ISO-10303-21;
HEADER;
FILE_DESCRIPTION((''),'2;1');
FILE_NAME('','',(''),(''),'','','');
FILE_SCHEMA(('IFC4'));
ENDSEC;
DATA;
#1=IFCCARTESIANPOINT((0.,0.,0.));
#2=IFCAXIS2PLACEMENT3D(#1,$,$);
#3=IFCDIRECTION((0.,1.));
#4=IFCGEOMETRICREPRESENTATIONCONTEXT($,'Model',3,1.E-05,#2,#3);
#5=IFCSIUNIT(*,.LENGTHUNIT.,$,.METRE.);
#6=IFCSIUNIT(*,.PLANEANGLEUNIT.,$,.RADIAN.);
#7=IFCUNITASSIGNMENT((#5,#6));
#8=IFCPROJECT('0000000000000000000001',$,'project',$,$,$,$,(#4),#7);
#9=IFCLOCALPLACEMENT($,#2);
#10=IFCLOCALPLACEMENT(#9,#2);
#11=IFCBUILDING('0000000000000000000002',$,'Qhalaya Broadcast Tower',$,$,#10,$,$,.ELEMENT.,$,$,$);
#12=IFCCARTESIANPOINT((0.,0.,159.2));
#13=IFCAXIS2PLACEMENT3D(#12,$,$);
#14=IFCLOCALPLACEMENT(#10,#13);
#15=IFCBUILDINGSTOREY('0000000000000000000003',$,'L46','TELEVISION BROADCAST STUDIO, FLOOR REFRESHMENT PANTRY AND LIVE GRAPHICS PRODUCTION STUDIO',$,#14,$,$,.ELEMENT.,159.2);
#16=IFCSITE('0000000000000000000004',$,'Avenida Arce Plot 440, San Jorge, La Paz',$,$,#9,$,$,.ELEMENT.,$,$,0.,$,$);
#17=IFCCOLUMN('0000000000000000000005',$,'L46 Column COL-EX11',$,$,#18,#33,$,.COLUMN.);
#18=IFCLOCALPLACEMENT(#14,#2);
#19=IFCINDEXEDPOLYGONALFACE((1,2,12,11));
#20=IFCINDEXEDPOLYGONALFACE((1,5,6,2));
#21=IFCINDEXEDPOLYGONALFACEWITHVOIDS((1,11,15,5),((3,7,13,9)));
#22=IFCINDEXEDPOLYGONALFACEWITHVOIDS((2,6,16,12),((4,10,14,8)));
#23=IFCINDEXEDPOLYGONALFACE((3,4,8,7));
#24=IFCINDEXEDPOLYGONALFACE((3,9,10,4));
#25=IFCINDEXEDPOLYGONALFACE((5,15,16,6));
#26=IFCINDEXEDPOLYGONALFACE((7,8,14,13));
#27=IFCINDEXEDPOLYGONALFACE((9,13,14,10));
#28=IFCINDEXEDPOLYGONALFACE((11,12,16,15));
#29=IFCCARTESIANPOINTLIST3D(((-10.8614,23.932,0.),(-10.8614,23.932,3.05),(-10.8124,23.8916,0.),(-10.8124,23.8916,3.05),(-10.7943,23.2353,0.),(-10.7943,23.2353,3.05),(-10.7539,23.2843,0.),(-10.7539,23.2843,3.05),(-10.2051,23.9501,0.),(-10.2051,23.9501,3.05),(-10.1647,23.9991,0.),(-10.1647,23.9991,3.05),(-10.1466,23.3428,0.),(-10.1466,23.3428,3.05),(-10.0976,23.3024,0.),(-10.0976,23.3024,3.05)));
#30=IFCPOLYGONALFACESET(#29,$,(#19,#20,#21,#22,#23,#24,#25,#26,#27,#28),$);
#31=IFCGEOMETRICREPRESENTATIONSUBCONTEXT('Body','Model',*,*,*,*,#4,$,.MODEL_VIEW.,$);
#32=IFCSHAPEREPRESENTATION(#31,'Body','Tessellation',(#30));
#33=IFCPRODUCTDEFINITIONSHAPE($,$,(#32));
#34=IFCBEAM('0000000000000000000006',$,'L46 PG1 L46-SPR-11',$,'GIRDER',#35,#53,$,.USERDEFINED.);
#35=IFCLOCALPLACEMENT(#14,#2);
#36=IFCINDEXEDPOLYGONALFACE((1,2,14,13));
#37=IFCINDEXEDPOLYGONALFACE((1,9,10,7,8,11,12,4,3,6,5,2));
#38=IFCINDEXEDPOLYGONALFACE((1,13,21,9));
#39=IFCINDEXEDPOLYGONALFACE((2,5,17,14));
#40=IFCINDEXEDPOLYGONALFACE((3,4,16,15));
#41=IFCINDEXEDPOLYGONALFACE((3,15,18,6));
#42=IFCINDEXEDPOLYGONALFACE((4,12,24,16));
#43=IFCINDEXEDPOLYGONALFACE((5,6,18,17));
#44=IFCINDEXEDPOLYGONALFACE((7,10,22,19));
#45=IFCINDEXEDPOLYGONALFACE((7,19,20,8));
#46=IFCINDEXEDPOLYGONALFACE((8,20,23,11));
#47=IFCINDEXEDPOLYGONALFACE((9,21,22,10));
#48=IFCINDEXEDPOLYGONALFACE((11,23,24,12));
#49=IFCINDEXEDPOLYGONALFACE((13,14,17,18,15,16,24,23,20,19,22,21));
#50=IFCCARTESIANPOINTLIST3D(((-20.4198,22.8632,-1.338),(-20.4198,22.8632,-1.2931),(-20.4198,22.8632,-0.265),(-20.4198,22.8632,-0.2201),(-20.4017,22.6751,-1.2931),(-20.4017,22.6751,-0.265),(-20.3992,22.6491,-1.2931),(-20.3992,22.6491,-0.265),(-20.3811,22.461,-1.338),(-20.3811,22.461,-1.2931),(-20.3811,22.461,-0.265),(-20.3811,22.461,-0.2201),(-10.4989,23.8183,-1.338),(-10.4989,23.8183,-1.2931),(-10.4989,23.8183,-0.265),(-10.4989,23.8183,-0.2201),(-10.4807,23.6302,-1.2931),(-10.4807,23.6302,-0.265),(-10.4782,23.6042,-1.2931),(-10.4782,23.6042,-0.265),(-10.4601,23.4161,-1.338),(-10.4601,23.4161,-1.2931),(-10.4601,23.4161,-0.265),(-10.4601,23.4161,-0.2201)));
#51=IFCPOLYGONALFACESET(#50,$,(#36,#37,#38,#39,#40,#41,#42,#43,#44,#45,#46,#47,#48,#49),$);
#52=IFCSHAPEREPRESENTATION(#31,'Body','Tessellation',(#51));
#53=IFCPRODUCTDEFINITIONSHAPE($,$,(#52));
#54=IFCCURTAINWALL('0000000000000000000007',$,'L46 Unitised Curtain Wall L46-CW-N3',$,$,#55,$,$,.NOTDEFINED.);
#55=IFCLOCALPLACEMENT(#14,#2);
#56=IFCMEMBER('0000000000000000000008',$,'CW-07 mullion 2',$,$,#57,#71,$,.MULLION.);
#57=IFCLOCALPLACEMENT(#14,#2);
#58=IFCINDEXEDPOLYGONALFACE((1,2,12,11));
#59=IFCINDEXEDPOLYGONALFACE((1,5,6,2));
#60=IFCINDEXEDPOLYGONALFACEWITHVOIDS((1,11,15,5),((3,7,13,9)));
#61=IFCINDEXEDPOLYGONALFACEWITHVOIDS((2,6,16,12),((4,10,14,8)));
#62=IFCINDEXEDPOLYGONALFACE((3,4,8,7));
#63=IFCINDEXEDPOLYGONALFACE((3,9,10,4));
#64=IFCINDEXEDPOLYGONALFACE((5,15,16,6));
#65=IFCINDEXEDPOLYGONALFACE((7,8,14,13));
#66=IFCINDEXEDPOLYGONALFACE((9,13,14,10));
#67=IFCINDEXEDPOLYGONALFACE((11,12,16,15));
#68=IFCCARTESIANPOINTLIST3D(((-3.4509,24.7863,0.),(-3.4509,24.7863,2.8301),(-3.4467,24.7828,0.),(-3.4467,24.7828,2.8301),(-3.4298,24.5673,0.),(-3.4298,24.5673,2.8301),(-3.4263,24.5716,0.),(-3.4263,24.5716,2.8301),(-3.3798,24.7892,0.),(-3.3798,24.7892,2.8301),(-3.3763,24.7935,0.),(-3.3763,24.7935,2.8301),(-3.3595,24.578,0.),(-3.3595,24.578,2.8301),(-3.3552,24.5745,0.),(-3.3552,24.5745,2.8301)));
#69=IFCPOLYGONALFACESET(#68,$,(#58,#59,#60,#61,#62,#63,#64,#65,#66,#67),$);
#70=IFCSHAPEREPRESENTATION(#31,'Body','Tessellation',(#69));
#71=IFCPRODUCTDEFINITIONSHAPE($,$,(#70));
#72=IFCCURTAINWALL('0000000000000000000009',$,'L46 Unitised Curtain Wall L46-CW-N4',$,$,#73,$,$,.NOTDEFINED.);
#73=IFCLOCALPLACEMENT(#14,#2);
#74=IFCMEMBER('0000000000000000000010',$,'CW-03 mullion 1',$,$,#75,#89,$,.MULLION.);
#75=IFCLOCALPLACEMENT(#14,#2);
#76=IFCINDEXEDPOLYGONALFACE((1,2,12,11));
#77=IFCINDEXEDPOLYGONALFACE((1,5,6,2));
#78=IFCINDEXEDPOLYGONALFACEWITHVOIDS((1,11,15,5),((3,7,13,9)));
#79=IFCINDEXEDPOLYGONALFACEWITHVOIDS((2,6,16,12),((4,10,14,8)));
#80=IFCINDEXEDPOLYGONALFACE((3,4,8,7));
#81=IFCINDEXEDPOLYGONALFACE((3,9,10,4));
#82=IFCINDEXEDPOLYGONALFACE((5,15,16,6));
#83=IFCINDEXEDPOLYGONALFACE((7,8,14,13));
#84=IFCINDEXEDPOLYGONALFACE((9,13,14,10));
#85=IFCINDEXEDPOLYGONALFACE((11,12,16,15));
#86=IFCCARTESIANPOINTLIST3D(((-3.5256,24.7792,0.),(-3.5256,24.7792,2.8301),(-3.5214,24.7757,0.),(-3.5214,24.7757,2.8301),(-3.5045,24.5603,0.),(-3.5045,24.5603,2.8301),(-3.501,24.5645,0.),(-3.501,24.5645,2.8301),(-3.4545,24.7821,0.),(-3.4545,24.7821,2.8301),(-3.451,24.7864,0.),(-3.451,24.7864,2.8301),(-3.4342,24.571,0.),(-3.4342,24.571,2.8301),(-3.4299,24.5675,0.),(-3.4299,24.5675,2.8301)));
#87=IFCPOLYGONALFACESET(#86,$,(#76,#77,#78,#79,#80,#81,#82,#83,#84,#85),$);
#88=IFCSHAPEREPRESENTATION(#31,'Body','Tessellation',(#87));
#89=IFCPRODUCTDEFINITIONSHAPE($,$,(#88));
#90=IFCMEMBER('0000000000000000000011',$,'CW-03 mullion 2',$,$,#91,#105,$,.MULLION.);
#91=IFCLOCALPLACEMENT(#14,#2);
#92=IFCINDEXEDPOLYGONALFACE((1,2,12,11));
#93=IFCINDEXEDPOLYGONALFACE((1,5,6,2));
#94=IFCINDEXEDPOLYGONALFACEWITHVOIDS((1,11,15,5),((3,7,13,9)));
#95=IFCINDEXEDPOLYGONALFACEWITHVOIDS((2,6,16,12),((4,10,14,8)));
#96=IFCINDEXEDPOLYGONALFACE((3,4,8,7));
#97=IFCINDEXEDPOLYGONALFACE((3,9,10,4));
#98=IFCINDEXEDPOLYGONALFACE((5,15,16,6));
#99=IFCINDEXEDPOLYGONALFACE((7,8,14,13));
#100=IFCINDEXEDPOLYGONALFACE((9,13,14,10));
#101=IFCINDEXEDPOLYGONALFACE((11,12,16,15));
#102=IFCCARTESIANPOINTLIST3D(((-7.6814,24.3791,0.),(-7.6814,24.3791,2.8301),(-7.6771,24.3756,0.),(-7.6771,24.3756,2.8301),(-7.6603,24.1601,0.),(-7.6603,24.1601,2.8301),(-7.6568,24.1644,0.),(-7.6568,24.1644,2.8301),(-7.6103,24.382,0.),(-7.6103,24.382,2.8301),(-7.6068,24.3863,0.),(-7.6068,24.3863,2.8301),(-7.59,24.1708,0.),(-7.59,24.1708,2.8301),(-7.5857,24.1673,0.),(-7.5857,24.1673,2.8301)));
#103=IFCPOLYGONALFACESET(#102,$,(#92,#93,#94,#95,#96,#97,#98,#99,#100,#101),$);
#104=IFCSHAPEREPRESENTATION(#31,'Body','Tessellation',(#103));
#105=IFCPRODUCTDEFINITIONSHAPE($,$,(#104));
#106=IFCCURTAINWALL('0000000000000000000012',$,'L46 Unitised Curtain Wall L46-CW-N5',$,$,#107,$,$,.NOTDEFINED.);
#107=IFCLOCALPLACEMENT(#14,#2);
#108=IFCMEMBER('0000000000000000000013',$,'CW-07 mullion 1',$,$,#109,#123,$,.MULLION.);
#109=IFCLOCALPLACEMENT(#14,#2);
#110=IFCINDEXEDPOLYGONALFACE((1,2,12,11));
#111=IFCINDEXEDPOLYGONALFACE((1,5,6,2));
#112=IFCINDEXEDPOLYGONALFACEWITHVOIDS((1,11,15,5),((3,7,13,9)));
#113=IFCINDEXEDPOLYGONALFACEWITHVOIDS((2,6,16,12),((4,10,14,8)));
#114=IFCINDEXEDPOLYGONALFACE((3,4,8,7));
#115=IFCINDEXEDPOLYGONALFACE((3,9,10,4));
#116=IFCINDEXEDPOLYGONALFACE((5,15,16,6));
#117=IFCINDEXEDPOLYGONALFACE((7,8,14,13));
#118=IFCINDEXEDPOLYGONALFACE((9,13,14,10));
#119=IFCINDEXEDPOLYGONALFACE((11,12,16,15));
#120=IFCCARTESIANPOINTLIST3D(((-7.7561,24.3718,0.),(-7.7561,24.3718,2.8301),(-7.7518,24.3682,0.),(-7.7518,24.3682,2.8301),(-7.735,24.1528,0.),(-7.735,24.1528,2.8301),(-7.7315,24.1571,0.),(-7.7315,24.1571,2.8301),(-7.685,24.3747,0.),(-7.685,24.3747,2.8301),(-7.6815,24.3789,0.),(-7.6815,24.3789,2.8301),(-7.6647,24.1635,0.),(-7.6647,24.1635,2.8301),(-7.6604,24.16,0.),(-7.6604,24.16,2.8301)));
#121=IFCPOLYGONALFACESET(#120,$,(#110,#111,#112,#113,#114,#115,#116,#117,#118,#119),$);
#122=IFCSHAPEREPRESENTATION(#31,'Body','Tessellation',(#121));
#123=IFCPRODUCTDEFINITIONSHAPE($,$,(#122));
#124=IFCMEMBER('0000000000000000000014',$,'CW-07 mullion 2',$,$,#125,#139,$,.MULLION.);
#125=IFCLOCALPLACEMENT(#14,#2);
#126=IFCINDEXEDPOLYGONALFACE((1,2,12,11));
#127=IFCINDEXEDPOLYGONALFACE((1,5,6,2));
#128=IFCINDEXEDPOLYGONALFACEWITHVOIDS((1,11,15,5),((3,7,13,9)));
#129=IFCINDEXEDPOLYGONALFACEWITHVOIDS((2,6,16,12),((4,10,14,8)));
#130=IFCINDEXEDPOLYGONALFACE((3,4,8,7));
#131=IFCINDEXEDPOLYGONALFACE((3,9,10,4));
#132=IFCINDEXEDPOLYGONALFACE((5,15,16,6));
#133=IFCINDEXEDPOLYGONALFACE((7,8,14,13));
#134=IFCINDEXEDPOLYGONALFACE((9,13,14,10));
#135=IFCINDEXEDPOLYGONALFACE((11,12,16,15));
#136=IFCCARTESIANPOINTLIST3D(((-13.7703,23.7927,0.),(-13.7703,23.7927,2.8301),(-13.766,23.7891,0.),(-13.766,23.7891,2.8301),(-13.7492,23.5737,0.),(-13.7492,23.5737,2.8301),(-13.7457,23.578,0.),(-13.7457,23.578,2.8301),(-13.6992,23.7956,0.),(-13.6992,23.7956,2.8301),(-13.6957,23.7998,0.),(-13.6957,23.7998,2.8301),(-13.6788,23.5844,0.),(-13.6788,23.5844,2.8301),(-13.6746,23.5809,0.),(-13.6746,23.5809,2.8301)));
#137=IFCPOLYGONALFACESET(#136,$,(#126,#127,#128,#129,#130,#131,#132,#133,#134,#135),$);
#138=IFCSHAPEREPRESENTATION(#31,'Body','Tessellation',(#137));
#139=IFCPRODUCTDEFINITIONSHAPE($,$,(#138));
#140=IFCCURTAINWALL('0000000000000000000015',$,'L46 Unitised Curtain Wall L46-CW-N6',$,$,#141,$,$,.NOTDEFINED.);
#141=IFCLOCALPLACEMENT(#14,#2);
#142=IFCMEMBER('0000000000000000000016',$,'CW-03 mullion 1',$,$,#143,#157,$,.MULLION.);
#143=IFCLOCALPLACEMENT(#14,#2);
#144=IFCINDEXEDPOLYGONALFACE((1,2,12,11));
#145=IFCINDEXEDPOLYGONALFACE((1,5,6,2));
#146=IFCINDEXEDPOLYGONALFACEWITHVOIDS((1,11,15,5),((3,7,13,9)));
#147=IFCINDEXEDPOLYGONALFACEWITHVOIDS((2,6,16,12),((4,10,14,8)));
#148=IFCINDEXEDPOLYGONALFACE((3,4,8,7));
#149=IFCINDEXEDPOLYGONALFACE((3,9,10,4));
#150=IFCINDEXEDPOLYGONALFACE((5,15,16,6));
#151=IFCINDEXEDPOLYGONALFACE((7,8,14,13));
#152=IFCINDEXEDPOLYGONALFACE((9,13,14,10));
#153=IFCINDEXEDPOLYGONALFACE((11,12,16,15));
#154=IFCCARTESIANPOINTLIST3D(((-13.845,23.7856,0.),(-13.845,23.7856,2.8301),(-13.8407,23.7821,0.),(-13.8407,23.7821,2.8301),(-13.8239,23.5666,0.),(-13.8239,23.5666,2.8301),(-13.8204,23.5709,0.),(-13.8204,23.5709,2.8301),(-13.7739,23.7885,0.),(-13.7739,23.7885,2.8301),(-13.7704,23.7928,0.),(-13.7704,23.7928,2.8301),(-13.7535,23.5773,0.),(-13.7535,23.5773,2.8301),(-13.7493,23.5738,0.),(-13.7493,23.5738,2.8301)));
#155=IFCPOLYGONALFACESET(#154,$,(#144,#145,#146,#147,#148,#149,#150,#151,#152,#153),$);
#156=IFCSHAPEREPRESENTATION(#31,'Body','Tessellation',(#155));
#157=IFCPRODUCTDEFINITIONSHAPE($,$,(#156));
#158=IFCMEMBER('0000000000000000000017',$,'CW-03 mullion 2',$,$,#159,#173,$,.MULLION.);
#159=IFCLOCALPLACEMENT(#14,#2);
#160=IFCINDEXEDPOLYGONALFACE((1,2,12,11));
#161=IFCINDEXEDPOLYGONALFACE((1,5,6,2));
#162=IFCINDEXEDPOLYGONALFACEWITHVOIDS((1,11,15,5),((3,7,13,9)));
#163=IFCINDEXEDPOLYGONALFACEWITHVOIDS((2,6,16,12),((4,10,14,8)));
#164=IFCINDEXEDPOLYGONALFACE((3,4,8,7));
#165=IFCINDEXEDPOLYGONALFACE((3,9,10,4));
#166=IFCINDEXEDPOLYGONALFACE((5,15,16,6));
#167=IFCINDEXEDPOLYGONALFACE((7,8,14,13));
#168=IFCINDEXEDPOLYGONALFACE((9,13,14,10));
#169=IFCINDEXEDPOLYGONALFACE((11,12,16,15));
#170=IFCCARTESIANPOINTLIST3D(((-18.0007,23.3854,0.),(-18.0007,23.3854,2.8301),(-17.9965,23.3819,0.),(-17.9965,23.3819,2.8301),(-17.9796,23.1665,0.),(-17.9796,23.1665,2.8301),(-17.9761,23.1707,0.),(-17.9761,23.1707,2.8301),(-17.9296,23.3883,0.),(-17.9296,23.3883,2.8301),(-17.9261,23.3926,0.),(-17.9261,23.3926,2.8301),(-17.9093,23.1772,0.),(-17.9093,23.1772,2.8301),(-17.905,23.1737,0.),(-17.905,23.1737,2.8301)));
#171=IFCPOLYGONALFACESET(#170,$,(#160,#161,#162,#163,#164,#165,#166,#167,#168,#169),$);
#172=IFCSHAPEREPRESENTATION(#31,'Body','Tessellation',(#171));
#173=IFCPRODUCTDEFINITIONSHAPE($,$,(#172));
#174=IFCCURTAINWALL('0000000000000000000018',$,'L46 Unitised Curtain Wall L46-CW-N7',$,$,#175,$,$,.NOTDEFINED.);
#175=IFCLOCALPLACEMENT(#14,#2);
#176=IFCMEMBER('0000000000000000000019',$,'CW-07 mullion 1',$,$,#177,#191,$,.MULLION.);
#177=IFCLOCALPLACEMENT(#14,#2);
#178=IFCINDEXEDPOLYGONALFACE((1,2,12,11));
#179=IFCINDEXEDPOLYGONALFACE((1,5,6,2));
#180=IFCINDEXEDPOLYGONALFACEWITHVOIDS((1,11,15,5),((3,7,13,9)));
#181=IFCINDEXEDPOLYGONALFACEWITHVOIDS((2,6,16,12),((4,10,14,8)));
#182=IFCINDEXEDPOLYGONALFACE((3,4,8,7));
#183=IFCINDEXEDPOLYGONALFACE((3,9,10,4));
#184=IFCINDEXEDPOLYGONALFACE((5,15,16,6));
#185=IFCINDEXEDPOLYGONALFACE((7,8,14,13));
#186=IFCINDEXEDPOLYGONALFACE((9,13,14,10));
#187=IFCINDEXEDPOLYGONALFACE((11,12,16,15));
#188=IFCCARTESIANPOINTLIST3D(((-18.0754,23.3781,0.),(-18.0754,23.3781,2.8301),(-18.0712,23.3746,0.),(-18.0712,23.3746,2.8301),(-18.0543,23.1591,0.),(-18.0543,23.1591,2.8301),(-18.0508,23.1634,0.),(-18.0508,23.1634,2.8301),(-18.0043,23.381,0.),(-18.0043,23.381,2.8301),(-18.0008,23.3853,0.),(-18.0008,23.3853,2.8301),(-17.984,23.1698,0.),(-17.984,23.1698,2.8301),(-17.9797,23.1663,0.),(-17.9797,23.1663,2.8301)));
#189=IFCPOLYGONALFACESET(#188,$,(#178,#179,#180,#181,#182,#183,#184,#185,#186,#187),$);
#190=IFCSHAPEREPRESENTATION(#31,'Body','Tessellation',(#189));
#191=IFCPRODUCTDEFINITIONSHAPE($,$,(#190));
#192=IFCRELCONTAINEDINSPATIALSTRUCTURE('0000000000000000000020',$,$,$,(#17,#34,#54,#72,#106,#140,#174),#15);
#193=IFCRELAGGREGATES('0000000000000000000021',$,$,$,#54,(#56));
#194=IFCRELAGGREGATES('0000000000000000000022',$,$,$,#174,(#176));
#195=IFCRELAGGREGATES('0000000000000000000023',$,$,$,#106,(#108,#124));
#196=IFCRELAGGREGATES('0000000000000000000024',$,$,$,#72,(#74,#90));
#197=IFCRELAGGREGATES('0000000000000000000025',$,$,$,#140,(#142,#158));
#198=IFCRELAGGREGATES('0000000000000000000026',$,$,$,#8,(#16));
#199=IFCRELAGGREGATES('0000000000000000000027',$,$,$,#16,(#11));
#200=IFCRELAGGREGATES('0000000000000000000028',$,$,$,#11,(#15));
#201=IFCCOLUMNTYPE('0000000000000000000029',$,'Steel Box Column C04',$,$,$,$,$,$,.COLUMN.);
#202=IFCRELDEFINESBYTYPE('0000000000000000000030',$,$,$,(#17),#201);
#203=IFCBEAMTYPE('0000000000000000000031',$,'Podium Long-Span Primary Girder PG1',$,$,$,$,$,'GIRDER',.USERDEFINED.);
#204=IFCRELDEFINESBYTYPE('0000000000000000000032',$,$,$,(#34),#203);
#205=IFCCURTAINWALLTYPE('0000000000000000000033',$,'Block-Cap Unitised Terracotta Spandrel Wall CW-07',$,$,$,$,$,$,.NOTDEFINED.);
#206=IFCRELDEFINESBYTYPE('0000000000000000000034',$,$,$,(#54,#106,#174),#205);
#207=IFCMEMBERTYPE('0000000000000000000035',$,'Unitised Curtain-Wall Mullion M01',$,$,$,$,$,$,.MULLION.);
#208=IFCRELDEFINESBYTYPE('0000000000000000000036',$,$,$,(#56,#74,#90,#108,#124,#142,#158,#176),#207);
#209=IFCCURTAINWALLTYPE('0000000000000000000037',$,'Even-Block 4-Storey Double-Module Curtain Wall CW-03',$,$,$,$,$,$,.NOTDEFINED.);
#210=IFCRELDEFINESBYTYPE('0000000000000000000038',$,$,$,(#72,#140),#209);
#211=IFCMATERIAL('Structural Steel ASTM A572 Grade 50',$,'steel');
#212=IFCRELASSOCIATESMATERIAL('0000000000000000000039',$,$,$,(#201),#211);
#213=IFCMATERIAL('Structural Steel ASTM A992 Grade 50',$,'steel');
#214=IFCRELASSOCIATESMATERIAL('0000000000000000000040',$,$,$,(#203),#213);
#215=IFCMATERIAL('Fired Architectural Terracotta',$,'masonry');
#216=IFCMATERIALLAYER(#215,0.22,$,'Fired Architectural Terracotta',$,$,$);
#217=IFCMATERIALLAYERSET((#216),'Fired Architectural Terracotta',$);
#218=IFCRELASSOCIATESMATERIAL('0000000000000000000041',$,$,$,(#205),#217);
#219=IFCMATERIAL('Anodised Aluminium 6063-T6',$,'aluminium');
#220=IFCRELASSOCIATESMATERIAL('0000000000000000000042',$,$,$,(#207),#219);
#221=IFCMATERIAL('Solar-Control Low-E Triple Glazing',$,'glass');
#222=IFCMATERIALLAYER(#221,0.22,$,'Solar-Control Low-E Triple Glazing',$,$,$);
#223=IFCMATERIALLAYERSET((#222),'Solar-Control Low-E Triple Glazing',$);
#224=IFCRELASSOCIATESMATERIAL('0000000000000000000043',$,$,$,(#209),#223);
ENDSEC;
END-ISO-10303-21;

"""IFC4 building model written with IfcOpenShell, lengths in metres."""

from ifc_helpers import new_model, si_unit, direction, frame, origin, origin_2d, place, context, subcontext, project, spatial, hollow_rectangle, i_section, extrude, material, layer, layer_set, material_profile, profile_set, type_object, element, aggregate, save


model = new_model("IFC4")

# Units and contexts
model_context = context("Model", 3, precision=1e-05, world=origin(), true_north=direction((0.0, 1.0)))
body_context = subcontext(model_context, "Body", "Model", "MODEL_VIEW")
ifc_project = project(units=[si_unit("LENGTHUNIT", "METRE"), si_unit("PLANEANGLEUNIT", "RADIAN")], contexts=[model_context])

# Site, building, storey
site_placement = place(None, origin())
site = spatial("IfcSite", under=ifc_project, at=site_placement, Name="Avenida Arce Plot 440, San Jorge, La Paz", CompositionType="ELEMENT", RefElevation=0.0)
building_placement = place(site_placement, origin())
building = spatial("IfcBuilding", under=site, at=building_placement, Name="Qhalaya Broadcast Tower", CompositionType="ELEMENT")
storey_placement = place(building_placement, frame((0.0, 0.0, 159.2)))
storey = spatial("IfcBuildingStorey", under=building, at=storey_placement, Name="L46", Description="TELEVISION BROADCAST STUDIO, FLOOR REFRESHMENT PANTRY AND LIVE GRAPHICS PRODUCTION STUDIO", CompositionType="ELEMENT", Elevation=159.2)

# Column
ifc_material_1 = material(Name="Structural Steel ASTM A572 Grade 50", Category="steel")
ifc_material_profile_1 = material_profile(ifc_material_1, hollow_rectangle(XDim=0.7, YDim=0.7, WallThickness=0.0449, at=origin_2d()), Name="BOX 700x700x45")
ifc_profile_set_1 = profile_set([ifc_material_profile_1], Name="Structural Steel ASTM A572 Grade 50")
column_type = type_object("IfcColumnType", Name="Steel Box Column C04", PredefinedType="COLUMN", material=ifc_profile_set_1)
column_placement = place(storey_placement, frame((-10.4795, 23.6172, 0.0), z_axis=(0.0, 0.0, 1.0), x_axis=(0.995396, 0.095846, 0.0)))
element("IfcColumn", 1, at=column_placement, inside=storey, type_object=column_type, Name="L46 Column COL-EX11", PredefinedType="COLUMN", context=body_context, shape_type="SweptSolid", body=[
    extrude(hollow_rectangle(XDim=0.7, YDim=0.7, WallThickness=0.0449, at=origin_2d()), origin(), (0.0, 0.0, 1.0), 3.05),
])

# Beam
ifc_material_2 = material(Name="Structural Steel ASTM A992 Grade 50", Category="steel")
ifc_material_profile_2 = material_profile(ifc_material_2, i_section(OverallWidth=0.4041, OverallDepth=1.1179, WebThickness=0.0261, FlangeThickness=0.0449, at=origin_2d()), Name="W44X335")
ifc_profile_set_2 = profile_set([ifc_material_profile_2], Name="Structural Steel ASTM A992 Grade 50")
beam_type = type_object("IfcBeamType", Name="Podium Long-Span Primary Girder PG1", ElementType="GIRDER", PredefinedType="USERDEFINED", material=ifc_profile_set_2)
beam_placement = place(storey_placement, frame((-10.4795, 23.6172, -0.7791), z_axis=(-0.995398, -0.095826, 0.0), x_axis=(0.095826, -0.995398, 0.0)))
element("IfcBeam", 2, at=beam_placement, inside=storey, type_object=beam_type, Name="L46 PG1 L46-SPR-11", ObjectType="GIRDER", PredefinedType="USERDEFINED", context=body_context, shape_type="SweptSolid", body=[
    extrude(i_section(OverallWidth=0.4041, OverallDepth=1.1179, WebThickness=0.0261, FlangeThickness=0.0449, at=origin_2d()), origin(), (0.0, 0.0, 1.0), 9.9668),
])

# Curtain wall, member
ifc_material_3 = material(Name="Fired Architectural Terracotta", Category="masonry")
ifc_layer_1 = layer(ifc_material_3, 0.22, Name="Fired Architectural Terracotta")
ifc_layer_set_1 = layer_set([ifc_layer_1], Name="Fired Architectural Terracotta")
curtain_wall_type_1 = type_object("IfcCurtainWallType", Name="Block-Cap Unitised Terracotta Spandrel Wall CW-07", PredefinedType="NOTDEFINED", material=ifc_layer_set_1)
curtain_wall_1_placement = place(storey_placement, origin())
curtain_wall_1 = element("IfcCurtainWall", 3, at=curtain_wall_1_placement, inside=storey, type_object=curtain_wall_type_1, Name="L46 Unitised Curtain Wall L46-CW-N3", PredefinedType="NOTDEFINED")
ifc_material_4 = material(Name="Anodised Aluminium 6063-T6", Category="aluminium")
ifc_material_profile_3 = material_profile(ifc_material_4, hollow_rectangle(XDim=0.075, YDim=0.22, WallThickness=0.0039, at=origin_2d()), Name="ALU-MUL 75x220x4")
ifc_profile_set_3 = profile_set([ifc_material_profile_3], Name="Anodised Aluminium 6063-T6")
member_type_1 = type_object("IfcMemberType", Name="Unitised Curtain-Wall Mullion M01", PredefinedType="MULLION", material=ifc_profile_set_3)
member_1_placement = place(storey_placement, frame((-3.4031, 24.6804, 0.0), z_axis=(0.0, 0.0, 1.0), x_axis=(-0.995396, -0.095848, 0.0)))
member_1 = element("IfcMember", 4, at=member_1_placement, type_object=member_type_1, Name="CW-07 mullion 2", PredefinedType="MULLION", context=body_context, shape_type="SweptSolid", body=[
    extrude(hollow_rectangle(XDim=0.075, YDim=0.22, WallThickness=0.0039, at=origin_2d()), origin(), (0.0, 0.0, 1.0), 2.8301),
])
aggregate(curtain_wall_1, [member_1])

# Curtain walls, members
ifc_material_5 = material(Name="Solar-Control Low-E Triple Glazing", Category="glass")
ifc_layer_2 = layer(ifc_material_5, 0.22, Name="Solar-Control Low-E Triple Glazing")
ifc_layer_set_2 = layer_set([ifc_layer_2], Name="Solar-Control Low-E Triple Glazing")
curtain_wall_type_2 = type_object("IfcCurtainWallType", Name="Even-Block 4-Storey Double-Module Curtain Wall CW-03", PredefinedType="NOTDEFINED", material=ifc_layer_set_2)
curtain_wall_2_placement = place(storey_placement, origin())
curtain_wall_2 = element("IfcCurtainWall", 5, at=curtain_wall_2_placement, inside=storey, type_object=curtain_wall_type_2, Name="L46 Unitised Curtain Wall L46-CW-N4", PredefinedType="NOTDEFINED")
member_2_placement = place(storey_placement, frame((-3.4778, 24.6733, 0.0), z_axis=(0.0, 0.0, 1.0), x_axis=(-0.995395, -0.095857, 0.0)))
member_2 = element("IfcMember", 6, at=member_2_placement, type_object=member_type_1, Name="CW-03 mullion 1", PredefinedType="MULLION", context=body_context, shape_type="SweptSolid", body=[
    extrude(hollow_rectangle(XDim=0.075, YDim=0.22, WallThickness=0.0039, at=origin_2d()), origin(), (0.0, 0.0, 1.0), 2.8301),
])
member_3_placement = place(storey_placement, frame((-7.6335, 24.2732, 0.0), z_axis=(0.0, 0.0, 1.0), x_axis=(-0.995395, -0.095857, 0.0)))
member_3 = element("IfcMember", 7, at=member_3_placement, type_object=member_type_1, Name="CW-03 mullion 2", PredefinedType="MULLION", context=body_context, shape_type="SweptSolid", body=[
    extrude(hollow_rectangle(XDim=0.075, YDim=0.22, WallThickness=0.0039, at=origin_2d()), origin(), (0.0, 0.0, 1.0), 2.8301),
])
curtain_wall_3_placement = place(storey_placement, origin())
curtain_wall_3 = element("IfcCurtainWall", 8, at=curtain_wall_3_placement, inside=storey, type_object=curtain_wall_type_1, Name="L46 Unitised Curtain Wall L46-CW-N5", PredefinedType="NOTDEFINED")
member_4_placement = place(storey_placement, frame((-7.7083, 24.2659, 0.0), z_axis=(0.0, 0.0, 1.0), x_axis=(-0.995396, -0.095848, 0.0)))
member_4 = element("IfcMember", 9, at=member_4_placement, type_object=member_type_1, Name="CW-07 mullion 1", PredefinedType="MULLION", context=body_context, shape_type="SweptSolid", body=[
    extrude(hollow_rectangle(XDim=0.075, YDim=0.22, WallThickness=0.0039, at=origin_2d()), origin(), (0.0, 0.0, 1.0), 2.8301),
])
member_5_placement = place(storey_placement, frame((-13.7224, 23.6868, 0.0), z_axis=(0.0, 0.0, 1.0), x_axis=(-0.995396, -0.095848, 0.0)))
member_5 = element("IfcMember", 10, at=member_5_placement, type_object=member_type_1, Name="CW-07 mullion 2", PredefinedType="MULLION", context=body_context, shape_type="SweptSolid", body=[
    extrude(hollow_rectangle(XDim=0.075, YDim=0.22, WallThickness=0.0039, at=origin_2d()), origin(), (0.0, 0.0, 1.0), 2.8301),
])
curtain_wall_4_placement = place(storey_placement, origin())
curtain_wall_4 = element("IfcCurtainWall", 11, at=curtain_wall_4_placement, inside=storey, type_object=curtain_wall_type_2, Name="L46 Unitised Curtain Wall L46-CW-N6", PredefinedType="NOTDEFINED")
member_6_placement = place(storey_placement, frame((-13.7971, 23.6797, 0.0), z_axis=(0.0, 0.0, 1.0), x_axis=(-0.995397, -0.095834, 0.0)))
member_6 = element("IfcMember", 12, at=member_6_placement, type_object=member_type_1, Name="CW-03 mullion 1", PredefinedType="MULLION", context=body_context, shape_type="SweptSolid", body=[
    extrude(hollow_rectangle(XDim=0.075, YDim=0.22, WallThickness=0.0039, at=origin_2d()), origin(), (0.0, 0.0, 1.0), 2.8301),
])
member_7_placement = place(storey_placement, frame((-17.9529, 23.2795, 0.0), z_axis=(0.0, 0.0, 1.0), x_axis=(-0.995397, -0.095834, 0.0)))
member_7 = element("IfcMember", 13, at=member_7_placement, type_object=member_type_1, Name="CW-03 mullion 2", PredefinedType="MULLION", context=body_context, shape_type="SweptSolid", body=[
    extrude(hollow_rectangle(XDim=0.075, YDim=0.22, WallThickness=0.0039, at=origin_2d()), origin(), (0.0, 0.0, 1.0), 2.8301),
])

# Curtain wall, member
curtain_wall_5_placement = place(storey_placement, origin())
curtain_wall_5 = element("IfcCurtainWall", 14, at=curtain_wall_5_placement, inside=storey, type_object=curtain_wall_type_1, Name="L46 Unitised Curtain Wall L46-CW-N7", PredefinedType="NOTDEFINED")
member_8_placement = place(storey_placement, frame((-18.0276, 23.2722, 0.0), z_axis=(0.0, 0.0, 1.0), x_axis=(-0.995395, -0.095856, 0.0)))
member_8 = element("IfcMember", 15, at=member_8_placement, type_object=member_type_1, Name="CW-07 mullion 1", PredefinedType="MULLION", context=body_context, shape_type="SweptSolid", body=[
    extrude(hollow_rectangle(XDim=0.075, YDim=0.22, WallThickness=0.0039, at=origin_2d()), origin(), (0.0, 0.0, 1.0), 2.8301),
])
aggregate(curtain_wall_5, [member_8])

aggregate(curtain_wall_3, [member_4, member_5])
aggregate(curtain_wall_2, [member_2, member_3])
aggregate(curtain_wall_4, [member_6, member_7])

save(model, "model.ifc")
